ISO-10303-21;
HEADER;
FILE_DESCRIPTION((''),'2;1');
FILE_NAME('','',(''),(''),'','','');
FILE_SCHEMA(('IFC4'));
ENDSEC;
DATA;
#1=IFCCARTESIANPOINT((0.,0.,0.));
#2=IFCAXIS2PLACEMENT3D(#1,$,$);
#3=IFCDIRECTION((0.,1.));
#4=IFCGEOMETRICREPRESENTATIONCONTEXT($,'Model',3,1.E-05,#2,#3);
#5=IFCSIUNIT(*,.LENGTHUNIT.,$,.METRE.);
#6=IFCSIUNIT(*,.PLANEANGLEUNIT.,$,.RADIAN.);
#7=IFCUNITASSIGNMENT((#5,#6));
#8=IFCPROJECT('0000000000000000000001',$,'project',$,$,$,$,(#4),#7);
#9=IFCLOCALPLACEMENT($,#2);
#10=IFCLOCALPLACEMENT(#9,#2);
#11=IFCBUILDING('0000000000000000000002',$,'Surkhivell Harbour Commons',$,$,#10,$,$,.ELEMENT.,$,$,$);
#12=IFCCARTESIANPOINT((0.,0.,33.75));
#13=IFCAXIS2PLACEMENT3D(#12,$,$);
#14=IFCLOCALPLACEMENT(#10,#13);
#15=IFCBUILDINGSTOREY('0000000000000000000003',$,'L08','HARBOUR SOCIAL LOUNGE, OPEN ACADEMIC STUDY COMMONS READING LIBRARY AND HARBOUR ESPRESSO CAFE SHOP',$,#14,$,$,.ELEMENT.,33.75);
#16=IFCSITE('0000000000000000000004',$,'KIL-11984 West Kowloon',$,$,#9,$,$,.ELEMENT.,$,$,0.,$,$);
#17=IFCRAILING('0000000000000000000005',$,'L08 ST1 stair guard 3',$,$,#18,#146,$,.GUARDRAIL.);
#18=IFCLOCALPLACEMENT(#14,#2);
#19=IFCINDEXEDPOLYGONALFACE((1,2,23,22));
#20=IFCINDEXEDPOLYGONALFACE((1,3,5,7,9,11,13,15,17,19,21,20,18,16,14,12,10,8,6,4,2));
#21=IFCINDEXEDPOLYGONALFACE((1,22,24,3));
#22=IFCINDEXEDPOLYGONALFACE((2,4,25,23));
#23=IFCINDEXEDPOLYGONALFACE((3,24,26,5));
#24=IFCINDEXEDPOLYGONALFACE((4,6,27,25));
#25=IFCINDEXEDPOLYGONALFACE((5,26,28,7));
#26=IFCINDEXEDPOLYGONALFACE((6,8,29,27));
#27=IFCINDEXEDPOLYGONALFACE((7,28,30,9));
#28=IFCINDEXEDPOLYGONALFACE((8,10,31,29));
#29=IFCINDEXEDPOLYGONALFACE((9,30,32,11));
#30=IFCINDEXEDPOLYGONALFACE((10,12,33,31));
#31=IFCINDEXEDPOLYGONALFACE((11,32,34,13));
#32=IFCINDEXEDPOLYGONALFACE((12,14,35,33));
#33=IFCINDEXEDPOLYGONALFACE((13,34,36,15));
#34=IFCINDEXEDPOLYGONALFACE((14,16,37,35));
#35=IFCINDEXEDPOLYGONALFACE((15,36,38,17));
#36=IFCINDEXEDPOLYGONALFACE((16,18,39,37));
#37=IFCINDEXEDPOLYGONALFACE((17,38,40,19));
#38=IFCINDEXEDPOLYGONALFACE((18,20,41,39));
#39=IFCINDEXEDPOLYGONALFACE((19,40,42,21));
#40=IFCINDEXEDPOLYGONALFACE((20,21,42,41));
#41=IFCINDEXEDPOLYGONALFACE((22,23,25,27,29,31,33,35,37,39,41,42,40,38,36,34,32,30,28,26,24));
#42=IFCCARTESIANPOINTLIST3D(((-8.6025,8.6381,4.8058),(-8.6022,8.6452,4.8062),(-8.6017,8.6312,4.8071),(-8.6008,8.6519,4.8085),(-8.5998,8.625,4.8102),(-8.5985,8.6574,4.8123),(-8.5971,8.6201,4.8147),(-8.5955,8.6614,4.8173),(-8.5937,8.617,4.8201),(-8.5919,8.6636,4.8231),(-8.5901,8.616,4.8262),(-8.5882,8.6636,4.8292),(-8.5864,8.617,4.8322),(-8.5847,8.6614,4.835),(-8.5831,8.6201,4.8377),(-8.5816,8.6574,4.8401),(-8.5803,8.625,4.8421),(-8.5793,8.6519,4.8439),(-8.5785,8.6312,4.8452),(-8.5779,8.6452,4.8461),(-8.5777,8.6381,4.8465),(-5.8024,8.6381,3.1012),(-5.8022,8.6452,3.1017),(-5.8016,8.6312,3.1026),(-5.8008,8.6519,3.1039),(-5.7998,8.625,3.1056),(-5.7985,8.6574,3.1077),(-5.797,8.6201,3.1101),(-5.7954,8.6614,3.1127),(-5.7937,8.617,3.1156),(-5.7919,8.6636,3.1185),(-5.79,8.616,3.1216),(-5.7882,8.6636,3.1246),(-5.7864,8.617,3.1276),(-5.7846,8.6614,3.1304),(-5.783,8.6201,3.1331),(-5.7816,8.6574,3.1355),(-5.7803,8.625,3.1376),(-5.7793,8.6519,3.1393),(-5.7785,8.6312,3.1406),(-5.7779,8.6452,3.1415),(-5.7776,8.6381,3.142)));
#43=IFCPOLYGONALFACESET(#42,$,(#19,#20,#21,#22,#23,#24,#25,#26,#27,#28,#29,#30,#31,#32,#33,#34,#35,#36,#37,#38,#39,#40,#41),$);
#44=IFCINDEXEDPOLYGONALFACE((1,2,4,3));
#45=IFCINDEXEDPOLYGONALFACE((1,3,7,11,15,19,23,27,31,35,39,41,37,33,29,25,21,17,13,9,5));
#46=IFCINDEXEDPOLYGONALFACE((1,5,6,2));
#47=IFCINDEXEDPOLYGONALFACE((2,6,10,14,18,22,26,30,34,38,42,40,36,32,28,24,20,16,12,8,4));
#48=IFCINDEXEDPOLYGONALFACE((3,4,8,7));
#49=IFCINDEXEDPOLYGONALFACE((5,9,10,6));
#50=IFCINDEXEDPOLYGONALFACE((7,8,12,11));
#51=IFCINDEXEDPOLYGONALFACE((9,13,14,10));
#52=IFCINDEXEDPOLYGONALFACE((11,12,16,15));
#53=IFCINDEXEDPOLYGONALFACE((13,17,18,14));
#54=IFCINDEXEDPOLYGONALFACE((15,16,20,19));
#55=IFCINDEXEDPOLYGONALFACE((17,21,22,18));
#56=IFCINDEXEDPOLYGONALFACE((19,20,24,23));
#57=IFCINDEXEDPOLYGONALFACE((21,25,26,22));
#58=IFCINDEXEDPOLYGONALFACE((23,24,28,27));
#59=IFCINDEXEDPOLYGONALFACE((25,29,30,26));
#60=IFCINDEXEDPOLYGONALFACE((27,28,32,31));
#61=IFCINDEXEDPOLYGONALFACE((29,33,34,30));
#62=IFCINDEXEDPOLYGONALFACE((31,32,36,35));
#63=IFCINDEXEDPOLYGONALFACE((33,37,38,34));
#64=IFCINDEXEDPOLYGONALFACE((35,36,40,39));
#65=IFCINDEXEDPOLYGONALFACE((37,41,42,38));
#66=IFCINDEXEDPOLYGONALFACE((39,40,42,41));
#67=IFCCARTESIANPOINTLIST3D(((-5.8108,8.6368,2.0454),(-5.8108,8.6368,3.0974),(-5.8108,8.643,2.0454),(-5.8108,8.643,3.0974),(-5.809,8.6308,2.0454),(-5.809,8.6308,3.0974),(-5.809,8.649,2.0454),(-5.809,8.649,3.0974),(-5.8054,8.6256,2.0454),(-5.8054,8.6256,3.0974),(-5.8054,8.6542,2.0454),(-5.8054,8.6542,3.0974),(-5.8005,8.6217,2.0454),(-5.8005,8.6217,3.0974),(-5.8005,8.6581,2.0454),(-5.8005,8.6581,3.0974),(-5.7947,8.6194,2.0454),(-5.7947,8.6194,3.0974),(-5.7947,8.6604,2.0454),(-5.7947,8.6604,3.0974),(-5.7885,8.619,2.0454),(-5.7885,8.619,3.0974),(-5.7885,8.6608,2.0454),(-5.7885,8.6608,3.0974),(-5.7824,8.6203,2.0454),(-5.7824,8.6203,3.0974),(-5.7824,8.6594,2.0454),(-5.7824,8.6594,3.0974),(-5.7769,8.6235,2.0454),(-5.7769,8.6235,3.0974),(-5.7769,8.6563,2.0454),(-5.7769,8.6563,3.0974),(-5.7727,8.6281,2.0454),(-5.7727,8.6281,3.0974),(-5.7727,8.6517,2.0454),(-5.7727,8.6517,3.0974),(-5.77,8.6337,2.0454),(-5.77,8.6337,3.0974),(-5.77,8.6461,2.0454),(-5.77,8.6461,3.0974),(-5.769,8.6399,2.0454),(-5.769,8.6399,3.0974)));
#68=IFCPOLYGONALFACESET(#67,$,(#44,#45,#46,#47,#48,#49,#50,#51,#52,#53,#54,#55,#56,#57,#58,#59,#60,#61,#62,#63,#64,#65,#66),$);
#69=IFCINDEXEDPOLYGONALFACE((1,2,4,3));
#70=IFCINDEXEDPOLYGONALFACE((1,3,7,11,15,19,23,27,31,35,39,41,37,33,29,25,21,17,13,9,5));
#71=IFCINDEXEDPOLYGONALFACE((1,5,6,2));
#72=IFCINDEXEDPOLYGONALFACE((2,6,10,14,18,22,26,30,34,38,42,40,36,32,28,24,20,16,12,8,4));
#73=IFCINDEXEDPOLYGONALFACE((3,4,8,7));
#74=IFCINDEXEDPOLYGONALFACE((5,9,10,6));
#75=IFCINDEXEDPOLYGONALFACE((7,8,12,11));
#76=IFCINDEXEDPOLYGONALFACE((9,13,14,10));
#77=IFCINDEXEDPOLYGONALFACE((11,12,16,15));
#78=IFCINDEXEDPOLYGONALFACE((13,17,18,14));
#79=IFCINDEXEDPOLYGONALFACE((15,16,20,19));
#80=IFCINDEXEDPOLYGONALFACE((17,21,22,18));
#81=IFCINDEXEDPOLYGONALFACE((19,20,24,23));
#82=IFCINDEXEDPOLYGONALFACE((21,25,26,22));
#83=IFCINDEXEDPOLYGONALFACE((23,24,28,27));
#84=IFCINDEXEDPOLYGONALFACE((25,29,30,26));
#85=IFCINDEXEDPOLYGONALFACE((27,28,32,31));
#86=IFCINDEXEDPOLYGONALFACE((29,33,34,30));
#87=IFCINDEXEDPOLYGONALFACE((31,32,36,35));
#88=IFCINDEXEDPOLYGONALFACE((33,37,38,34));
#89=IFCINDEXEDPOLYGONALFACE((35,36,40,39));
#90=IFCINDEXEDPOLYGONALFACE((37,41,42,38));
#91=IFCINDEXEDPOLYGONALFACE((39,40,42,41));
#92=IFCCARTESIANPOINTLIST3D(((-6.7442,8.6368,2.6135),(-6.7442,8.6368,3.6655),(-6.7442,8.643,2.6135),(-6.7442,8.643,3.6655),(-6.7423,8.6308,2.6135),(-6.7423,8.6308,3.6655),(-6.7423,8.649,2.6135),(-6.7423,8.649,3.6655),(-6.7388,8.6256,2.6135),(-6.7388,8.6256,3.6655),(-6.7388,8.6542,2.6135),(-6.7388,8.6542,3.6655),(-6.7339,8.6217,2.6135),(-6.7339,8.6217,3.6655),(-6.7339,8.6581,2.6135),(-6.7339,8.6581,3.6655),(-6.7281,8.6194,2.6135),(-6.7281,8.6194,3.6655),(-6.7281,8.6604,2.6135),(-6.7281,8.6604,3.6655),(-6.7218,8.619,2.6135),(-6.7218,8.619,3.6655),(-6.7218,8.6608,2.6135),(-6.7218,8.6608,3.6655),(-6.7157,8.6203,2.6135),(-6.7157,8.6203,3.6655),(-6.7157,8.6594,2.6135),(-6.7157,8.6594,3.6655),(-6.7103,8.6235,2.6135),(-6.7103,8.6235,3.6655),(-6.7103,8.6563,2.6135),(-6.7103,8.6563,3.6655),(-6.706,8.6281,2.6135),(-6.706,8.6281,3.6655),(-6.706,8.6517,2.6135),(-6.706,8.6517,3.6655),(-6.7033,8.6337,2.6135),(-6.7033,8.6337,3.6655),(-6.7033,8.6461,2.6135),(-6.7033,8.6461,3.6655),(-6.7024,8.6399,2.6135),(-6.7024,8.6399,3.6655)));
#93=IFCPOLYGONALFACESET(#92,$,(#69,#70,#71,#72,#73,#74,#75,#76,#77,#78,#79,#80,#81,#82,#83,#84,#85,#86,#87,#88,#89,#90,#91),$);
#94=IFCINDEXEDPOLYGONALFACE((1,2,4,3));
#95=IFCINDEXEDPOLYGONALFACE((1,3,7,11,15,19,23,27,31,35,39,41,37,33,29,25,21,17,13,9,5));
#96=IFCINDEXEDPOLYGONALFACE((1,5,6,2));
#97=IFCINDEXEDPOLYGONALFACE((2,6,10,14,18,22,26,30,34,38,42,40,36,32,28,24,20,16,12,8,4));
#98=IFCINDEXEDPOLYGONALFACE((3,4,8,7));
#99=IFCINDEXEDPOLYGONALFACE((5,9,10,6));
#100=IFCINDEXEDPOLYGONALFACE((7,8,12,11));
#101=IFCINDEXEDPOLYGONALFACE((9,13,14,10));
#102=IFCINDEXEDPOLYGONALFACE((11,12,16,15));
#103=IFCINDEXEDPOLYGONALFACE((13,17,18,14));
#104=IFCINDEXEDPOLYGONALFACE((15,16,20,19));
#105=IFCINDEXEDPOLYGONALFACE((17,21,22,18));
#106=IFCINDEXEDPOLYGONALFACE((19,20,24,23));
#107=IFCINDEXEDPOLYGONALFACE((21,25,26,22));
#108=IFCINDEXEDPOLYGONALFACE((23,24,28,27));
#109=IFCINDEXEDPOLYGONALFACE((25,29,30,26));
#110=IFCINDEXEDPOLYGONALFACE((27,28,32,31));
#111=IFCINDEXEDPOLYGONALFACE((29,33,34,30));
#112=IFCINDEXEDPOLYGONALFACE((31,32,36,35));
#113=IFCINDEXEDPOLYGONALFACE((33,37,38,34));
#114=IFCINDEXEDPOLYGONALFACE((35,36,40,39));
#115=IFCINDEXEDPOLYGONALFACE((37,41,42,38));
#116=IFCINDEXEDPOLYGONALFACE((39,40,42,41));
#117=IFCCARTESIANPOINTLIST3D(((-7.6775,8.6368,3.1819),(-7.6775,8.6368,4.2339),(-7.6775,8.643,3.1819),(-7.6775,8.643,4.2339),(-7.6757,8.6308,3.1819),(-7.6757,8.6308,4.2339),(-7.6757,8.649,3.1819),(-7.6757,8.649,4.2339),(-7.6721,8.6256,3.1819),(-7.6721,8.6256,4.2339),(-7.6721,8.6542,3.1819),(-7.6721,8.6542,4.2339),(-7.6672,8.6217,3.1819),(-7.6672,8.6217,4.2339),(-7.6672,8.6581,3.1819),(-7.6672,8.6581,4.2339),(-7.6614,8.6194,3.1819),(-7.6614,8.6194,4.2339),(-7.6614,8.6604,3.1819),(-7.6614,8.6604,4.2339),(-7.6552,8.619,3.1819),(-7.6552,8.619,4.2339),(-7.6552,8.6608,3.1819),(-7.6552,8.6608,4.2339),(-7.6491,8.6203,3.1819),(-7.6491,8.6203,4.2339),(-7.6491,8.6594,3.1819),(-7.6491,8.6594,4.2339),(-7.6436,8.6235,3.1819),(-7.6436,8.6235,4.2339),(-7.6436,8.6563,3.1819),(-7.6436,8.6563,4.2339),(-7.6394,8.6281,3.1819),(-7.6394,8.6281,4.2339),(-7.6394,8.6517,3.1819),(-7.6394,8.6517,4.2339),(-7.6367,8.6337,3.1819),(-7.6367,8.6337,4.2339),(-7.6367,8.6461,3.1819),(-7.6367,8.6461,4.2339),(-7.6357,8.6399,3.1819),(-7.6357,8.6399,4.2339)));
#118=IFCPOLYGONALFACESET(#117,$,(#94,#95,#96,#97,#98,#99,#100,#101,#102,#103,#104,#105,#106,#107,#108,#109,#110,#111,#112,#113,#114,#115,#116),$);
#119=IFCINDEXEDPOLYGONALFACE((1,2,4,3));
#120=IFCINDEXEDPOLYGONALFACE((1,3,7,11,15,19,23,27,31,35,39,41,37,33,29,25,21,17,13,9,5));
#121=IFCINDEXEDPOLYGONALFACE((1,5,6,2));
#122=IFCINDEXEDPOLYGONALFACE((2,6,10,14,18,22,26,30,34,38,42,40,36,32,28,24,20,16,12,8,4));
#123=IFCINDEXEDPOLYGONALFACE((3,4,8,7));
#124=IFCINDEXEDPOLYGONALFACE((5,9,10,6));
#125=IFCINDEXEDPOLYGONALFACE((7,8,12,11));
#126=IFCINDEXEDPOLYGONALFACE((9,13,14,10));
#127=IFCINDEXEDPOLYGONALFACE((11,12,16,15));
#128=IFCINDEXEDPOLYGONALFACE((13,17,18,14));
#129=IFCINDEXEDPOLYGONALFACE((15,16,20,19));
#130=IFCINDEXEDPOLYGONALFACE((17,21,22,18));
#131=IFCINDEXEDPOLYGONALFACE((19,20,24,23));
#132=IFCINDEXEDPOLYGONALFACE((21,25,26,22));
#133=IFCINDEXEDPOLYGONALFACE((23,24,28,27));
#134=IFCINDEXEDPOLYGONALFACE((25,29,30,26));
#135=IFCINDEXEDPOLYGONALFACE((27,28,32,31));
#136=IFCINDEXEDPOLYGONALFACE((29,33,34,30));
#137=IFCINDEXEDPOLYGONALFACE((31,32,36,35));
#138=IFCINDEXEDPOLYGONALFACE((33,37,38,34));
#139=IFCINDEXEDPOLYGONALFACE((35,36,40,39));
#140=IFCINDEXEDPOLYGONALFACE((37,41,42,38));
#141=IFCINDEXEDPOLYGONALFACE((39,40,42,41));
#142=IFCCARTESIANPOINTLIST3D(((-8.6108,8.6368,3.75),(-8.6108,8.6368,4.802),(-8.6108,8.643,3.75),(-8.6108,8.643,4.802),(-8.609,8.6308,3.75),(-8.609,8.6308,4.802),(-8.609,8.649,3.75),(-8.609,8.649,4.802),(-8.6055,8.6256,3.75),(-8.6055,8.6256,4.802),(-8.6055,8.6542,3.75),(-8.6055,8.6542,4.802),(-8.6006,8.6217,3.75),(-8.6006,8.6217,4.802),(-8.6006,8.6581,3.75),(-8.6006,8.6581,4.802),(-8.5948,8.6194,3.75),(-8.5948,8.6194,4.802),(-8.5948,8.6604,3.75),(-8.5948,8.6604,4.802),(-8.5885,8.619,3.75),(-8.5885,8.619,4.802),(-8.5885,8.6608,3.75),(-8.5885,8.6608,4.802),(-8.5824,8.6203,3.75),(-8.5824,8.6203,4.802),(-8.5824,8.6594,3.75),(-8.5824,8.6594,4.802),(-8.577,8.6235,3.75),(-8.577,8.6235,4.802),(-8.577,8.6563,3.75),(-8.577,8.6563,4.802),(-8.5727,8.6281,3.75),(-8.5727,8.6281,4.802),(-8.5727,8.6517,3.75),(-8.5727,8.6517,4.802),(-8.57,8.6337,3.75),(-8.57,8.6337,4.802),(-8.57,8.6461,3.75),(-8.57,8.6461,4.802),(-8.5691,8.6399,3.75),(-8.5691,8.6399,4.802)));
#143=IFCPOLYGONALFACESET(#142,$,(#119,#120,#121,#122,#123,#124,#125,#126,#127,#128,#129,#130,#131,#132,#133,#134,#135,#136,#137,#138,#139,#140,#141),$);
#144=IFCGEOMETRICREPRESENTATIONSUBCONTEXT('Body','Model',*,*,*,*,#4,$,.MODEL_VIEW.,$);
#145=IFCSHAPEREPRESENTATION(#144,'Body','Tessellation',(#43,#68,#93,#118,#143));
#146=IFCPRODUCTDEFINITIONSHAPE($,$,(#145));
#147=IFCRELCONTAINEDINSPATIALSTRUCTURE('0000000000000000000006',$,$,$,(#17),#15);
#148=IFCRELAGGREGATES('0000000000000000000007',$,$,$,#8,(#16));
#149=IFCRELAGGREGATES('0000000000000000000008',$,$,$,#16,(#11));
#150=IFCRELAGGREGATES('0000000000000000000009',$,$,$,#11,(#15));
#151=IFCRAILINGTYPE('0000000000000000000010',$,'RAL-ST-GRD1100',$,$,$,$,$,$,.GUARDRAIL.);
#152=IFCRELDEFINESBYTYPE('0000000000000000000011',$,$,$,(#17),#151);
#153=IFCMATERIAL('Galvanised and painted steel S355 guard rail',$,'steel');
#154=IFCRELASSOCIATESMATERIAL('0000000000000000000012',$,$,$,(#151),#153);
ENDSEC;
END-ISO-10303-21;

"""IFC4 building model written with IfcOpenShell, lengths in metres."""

from ifc_helpers import new_model, si_unit, direction, frame, origin, origin_2d, place, context, subcontext, project, spatial, circle, extrude, material, type_object, element, save


model = new_model("IFC4")

# Units and contexts
model_context = context("Model", 3, precision=1e-05, world=origin(), true_north=direction((0.0, 1.0)))
body_context = subcontext(model_context, "Body", "Model", "MODEL_VIEW")
ifc_project = project(units=[si_unit("LENGTHUNIT", "METRE"), si_unit("PLANEANGLEUNIT", "RADIAN")], contexts=[model_context])

# Site, building, storey
site_placement = place(None, origin())
site = spatial("IfcSite", under=ifc_project, at=site_placement, Name="KIL-11984 West Kowloon", CompositionType="ELEMENT", RefElevation=0.0)
building_placement = place(site_placement, origin())
building = spatial("IfcBuilding", under=site, at=building_placement, Name="Surkhivell Harbour Commons", CompositionType="ELEMENT")
storey_placement = place(building_placement, frame((0.0, 0.0, 33.75)))
storey = spatial("IfcBuildingStorey", under=building, at=storey_placement, Name="L08", Description="HARBOUR SOCIAL LOUNGE, OPEN ACADEMIC STUDY COMMONS READING LIBRARY AND HARBOUR ESPRESSO CAFE SHOP", CompositionType="ELEMENT", Elevation=33.75)

# Railing
ifc_material_1 = material(Name="Galvanised and painted steel S355 guard rail", Category="steel")
railing_type_1 = type_object("IfcRailingType", Name="RAL-ST-GRD1100", PredefinedType="GUARDRAIL", material=ifc_material_1)
railing_1_placement = place(storey_placement, frame((-5.79, 8.6399, 2.0454)))
element("IfcRailing", 1, at=railing_1_placement, inside=storey, type_object=railing_type_1, Name="L08 ST1 stair guard 3", PredefinedType="GUARDRAIL", context=body_context, shape_type="SweptSolid", body=[
    extrude(circle(Radius=0.0239, at=origin_2d()), frame((0.0, 0.0, 1.0762), z_axis=(-0.85417, 0.0, 0.519994), x_axis=(0.0, -1.0, 0.0)), (0.0, 0.0, 1.0), 3.2781),
    extrude(circle(Radius=0.021, at=origin_2d()), origin(), (0.0, 0.0, 1.0), 1.052),
    extrude(circle(Radius=0.021, at=origin_2d()), frame((-0.9333, 0.0, 0.5681)), (0.0, 0.0, 1.0), 1.052),
    extrude(circle(Radius=0.021, at=origin_2d()), frame((-1.8667, 0.0, 1.1365)), (0.0, 0.0, 1.0), 1.052),
    extrude(circle(Radius=0.021, at=origin_2d()), frame((-2.8, 0.0, 1.7046)), (0.0, 0.0, 1.0), 1.052),
])

save(model, "model.ifc")
